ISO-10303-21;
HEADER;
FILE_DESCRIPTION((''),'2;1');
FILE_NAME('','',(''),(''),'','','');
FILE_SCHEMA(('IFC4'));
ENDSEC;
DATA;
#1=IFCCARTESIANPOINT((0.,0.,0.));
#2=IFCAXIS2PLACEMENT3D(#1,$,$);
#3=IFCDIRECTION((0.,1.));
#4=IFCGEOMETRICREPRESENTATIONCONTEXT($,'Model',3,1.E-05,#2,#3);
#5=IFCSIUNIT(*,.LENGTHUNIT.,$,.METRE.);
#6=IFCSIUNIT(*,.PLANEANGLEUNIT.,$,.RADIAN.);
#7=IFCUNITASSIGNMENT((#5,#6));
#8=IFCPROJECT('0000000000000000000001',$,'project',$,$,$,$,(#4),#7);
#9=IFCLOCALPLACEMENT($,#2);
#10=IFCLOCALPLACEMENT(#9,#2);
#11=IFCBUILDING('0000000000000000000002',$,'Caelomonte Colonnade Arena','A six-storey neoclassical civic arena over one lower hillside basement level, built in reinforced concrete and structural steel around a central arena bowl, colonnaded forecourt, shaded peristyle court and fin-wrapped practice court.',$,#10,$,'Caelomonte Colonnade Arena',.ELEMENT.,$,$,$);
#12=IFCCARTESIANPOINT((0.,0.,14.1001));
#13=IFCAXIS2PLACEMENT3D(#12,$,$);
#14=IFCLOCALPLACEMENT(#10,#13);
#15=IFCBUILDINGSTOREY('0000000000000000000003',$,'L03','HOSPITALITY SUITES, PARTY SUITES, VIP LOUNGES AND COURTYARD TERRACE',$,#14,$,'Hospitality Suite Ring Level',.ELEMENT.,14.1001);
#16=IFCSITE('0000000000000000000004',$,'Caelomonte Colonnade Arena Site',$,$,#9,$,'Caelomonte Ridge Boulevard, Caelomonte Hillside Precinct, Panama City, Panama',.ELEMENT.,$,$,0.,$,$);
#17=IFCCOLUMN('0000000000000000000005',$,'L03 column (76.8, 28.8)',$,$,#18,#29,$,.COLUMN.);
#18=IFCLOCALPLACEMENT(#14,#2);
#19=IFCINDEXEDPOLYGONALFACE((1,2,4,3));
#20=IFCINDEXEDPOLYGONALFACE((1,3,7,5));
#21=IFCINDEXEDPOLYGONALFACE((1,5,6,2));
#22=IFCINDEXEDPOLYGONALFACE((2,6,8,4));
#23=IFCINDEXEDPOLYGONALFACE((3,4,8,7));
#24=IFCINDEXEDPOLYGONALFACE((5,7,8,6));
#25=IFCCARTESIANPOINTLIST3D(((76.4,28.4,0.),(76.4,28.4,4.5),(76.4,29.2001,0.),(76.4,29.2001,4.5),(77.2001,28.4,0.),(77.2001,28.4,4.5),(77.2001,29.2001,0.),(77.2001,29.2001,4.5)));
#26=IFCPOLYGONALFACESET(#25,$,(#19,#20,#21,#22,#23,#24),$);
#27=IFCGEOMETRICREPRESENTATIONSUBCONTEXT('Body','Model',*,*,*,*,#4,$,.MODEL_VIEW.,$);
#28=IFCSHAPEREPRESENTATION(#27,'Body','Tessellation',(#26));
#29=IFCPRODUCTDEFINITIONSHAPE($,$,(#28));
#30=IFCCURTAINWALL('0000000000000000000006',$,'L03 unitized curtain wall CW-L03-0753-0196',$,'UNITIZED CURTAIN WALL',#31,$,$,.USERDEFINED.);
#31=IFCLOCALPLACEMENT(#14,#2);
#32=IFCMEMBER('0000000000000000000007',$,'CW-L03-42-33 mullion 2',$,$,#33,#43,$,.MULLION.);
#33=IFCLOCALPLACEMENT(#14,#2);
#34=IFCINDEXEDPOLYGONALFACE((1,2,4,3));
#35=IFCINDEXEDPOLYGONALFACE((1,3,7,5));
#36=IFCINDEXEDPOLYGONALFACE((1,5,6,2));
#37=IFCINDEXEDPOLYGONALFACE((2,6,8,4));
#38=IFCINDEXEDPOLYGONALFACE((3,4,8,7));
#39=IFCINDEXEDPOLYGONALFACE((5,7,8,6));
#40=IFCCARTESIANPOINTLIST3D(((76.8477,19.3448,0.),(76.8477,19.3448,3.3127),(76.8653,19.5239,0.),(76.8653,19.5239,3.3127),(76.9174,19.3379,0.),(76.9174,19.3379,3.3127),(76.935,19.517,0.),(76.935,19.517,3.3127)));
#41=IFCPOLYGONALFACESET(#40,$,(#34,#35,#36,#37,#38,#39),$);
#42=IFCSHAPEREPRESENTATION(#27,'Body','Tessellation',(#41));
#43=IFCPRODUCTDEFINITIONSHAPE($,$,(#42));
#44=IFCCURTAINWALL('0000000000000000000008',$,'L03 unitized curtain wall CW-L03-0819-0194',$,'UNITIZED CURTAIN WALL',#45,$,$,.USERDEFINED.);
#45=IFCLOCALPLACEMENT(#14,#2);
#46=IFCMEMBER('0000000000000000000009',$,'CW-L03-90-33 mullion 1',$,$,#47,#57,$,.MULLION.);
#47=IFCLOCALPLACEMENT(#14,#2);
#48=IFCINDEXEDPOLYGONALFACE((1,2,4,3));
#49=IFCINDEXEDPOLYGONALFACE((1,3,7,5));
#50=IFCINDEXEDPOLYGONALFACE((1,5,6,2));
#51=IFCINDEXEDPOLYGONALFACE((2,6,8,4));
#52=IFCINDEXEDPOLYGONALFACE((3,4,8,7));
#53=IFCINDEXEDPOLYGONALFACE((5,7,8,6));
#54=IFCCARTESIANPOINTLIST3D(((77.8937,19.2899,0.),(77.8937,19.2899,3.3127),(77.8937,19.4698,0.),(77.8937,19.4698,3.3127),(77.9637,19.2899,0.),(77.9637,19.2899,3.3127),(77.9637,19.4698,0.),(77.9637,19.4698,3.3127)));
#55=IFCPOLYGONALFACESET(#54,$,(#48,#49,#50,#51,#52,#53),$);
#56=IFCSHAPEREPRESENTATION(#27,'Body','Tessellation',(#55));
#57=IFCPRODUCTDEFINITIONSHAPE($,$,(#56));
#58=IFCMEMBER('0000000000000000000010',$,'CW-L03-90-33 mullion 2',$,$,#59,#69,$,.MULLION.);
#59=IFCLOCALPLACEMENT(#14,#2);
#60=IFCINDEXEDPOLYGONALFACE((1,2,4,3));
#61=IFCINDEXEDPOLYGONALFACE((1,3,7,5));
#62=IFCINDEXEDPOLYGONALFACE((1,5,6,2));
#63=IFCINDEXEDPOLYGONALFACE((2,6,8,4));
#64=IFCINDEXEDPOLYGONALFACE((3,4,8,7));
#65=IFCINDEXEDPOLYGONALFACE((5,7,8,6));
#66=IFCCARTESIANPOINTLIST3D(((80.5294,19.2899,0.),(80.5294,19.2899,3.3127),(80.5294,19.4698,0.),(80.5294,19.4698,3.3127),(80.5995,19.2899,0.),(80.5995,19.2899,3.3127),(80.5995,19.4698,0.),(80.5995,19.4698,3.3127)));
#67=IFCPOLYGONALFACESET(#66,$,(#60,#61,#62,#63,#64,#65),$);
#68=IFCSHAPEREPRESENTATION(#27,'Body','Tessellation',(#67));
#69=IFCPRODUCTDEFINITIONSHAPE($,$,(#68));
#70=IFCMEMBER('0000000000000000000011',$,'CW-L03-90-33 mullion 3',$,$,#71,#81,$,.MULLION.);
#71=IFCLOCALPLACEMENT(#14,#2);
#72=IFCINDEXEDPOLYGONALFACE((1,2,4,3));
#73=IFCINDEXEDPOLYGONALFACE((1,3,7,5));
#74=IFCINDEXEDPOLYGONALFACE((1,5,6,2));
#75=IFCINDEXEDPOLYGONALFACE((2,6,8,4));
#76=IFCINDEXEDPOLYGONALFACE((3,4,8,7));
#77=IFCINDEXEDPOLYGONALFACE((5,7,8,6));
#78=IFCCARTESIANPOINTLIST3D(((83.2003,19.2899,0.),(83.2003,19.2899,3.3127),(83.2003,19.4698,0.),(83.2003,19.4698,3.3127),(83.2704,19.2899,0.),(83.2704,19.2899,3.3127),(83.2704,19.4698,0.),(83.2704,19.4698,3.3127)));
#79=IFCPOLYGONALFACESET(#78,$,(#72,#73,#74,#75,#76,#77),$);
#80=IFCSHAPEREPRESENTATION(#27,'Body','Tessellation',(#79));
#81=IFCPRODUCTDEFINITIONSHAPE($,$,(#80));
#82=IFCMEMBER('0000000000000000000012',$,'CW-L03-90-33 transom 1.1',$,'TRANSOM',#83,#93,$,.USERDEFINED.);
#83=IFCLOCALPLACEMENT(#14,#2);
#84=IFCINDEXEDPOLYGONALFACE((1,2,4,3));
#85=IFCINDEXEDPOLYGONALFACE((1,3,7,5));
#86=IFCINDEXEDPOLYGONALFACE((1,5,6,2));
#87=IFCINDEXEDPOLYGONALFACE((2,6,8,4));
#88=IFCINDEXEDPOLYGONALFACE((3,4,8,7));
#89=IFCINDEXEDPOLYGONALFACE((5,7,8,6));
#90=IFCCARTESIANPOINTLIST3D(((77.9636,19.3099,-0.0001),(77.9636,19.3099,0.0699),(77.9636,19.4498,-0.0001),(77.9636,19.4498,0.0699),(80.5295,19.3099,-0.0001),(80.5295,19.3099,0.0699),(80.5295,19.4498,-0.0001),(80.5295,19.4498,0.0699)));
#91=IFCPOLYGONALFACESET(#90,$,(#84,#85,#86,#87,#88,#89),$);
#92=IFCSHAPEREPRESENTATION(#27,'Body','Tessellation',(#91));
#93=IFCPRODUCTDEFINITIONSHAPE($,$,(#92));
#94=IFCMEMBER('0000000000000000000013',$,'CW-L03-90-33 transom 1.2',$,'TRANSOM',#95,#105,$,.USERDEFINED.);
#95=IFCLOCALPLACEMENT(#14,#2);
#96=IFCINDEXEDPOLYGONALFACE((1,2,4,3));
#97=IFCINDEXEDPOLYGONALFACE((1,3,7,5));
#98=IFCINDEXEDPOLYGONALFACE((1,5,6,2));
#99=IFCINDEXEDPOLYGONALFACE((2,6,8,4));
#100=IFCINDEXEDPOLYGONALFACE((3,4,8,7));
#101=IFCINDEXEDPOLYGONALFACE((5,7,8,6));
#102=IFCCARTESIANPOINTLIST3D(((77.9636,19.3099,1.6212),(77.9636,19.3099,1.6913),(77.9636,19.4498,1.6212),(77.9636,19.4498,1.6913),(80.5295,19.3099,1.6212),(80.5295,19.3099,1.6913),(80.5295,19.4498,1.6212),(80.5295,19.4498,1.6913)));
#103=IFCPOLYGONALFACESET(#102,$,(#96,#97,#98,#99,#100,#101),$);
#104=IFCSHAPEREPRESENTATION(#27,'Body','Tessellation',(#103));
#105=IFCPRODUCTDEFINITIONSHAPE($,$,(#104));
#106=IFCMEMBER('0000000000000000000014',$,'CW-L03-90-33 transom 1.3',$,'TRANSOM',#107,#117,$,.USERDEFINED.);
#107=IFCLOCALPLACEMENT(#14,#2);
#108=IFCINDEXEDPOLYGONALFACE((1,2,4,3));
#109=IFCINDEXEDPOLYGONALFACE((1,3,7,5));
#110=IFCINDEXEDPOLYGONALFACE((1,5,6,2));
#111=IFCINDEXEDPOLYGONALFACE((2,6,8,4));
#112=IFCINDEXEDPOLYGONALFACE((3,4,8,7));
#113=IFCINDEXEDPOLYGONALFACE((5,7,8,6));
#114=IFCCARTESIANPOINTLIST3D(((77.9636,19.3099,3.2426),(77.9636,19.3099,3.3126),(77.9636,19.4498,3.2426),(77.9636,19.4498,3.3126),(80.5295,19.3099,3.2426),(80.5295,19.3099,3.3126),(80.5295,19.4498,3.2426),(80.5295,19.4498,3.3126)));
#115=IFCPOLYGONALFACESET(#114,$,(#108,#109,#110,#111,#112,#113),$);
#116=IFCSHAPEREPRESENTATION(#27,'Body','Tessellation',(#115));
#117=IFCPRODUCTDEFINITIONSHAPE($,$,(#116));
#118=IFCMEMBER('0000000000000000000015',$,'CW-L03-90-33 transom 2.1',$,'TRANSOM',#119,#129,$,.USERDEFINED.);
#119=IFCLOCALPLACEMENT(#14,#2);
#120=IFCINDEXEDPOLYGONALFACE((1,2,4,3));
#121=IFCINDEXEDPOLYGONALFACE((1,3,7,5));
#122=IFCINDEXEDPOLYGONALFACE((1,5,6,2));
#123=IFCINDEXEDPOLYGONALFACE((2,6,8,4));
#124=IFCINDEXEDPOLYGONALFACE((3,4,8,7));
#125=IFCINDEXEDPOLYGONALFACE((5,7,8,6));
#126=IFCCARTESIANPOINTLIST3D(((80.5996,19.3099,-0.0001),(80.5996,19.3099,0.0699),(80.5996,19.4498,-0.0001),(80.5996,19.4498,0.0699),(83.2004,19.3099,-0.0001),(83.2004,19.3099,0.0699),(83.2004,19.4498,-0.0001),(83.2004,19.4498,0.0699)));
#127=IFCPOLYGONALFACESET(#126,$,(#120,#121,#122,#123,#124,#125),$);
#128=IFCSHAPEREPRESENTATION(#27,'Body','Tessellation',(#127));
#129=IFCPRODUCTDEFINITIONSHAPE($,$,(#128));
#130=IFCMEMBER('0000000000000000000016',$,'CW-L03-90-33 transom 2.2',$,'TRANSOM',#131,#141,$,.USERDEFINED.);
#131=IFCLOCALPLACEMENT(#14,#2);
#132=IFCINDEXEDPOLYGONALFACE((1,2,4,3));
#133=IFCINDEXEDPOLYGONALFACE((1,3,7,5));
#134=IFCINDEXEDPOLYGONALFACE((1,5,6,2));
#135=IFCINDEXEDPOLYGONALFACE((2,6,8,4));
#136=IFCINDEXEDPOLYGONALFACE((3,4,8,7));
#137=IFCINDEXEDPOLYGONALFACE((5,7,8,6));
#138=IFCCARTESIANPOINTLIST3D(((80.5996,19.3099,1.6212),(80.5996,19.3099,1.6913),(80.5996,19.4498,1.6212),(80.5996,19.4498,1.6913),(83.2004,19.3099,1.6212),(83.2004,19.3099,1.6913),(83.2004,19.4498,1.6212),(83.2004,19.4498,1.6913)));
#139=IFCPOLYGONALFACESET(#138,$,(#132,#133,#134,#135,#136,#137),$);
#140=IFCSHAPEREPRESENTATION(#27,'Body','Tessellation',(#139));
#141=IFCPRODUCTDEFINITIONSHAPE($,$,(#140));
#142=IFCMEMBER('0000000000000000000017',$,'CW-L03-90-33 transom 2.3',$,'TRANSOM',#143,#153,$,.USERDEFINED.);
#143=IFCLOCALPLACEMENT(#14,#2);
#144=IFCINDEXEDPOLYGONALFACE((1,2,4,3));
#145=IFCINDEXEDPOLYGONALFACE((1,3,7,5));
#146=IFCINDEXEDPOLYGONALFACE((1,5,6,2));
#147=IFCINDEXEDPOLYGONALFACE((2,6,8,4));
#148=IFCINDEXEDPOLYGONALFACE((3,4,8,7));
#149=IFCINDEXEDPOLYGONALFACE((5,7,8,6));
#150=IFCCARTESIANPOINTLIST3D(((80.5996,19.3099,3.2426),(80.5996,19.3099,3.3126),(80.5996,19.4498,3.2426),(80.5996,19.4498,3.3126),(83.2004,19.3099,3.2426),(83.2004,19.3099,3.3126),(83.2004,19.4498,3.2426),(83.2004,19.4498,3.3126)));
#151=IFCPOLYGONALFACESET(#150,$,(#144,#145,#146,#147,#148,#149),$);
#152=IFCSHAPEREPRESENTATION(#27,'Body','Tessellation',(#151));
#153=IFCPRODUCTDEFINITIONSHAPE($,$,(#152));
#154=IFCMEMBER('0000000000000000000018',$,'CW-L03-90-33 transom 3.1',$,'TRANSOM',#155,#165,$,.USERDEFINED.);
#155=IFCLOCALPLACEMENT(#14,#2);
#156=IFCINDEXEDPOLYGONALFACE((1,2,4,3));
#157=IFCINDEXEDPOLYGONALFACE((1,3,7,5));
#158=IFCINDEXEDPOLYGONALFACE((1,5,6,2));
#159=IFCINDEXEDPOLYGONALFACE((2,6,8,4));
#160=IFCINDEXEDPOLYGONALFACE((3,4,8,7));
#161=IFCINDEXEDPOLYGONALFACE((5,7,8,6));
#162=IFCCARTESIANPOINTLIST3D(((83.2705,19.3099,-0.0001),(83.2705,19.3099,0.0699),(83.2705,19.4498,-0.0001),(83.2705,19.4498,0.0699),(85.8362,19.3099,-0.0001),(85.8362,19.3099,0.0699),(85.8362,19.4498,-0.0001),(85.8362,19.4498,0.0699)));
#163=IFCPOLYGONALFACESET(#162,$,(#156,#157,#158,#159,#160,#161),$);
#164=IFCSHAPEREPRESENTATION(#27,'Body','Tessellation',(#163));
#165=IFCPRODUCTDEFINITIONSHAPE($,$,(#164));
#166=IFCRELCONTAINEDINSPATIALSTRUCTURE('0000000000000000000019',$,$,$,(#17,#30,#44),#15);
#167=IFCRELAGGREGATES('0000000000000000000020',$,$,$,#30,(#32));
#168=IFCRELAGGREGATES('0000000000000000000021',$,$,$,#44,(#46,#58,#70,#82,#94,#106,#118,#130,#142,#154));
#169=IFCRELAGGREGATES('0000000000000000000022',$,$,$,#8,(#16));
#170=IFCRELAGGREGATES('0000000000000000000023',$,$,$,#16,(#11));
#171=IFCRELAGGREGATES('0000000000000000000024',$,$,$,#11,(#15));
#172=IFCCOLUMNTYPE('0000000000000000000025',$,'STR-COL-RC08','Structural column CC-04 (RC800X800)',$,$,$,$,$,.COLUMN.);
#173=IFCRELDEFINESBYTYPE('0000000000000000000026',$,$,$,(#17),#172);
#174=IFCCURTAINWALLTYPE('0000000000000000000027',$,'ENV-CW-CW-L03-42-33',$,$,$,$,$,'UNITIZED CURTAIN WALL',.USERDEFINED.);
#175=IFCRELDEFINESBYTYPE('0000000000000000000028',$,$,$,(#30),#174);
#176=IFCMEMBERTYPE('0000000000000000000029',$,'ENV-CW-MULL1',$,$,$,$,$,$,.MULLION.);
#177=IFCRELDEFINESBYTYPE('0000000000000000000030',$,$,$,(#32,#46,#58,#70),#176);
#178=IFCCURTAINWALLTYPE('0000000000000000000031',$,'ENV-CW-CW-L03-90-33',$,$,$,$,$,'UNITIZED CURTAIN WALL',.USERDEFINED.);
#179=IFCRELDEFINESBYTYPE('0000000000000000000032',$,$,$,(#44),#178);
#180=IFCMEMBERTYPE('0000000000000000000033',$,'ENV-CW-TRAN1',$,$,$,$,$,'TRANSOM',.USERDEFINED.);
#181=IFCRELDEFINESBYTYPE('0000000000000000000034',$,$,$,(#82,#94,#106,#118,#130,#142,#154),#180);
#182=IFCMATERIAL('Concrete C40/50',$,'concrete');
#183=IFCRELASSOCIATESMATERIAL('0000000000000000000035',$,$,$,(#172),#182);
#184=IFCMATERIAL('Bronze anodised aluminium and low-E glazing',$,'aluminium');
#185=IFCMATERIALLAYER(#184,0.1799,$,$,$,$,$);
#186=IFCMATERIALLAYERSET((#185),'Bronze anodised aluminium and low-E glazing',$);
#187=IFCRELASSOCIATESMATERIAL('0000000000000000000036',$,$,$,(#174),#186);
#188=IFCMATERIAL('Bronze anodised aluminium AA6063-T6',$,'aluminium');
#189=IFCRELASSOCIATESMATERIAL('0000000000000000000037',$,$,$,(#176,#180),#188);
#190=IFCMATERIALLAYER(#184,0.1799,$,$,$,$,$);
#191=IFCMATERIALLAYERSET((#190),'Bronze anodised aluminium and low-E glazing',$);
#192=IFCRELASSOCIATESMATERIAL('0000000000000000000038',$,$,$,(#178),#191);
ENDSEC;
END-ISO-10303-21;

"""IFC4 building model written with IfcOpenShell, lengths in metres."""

from ifc_helpers import new_model, si_unit, direction, frame, origin, origin_2d, place, context, subcontext, project, spatial, rectangle, extrude, material, layer, layer_set, material_profile, profile_set, type_object, element, aggregate, save


model = new_model("IFC4")

# Units and contexts
model_context = context("Model", 3, precision=1e-05, world=origin(), true_north=direction((0.0, 1.0)))
body_context = subcontext(model_context, "Body", "Model", "MODEL_VIEW")
ifc_project = project(units=[si_unit("LENGTHUNIT", "METRE"), si_unit("PLANEANGLEUNIT", "RADIAN")], contexts=[model_context])

# Site, building, storey
site_placement = place(None, origin())
site = spatial("IfcSite", under=ifc_project, at=site_placement, Name="Caelomonte Colonnade Arena Site", LongName="Caelomonte Ridge Boulevard, Caelomonte Hillside Precinct, Panama City, Panama", CompositionType="ELEMENT", RefElevation=0.0)
building_placement = place(site_placement, origin())
building = spatial("IfcBuilding", under=site, at=building_placement, Name="Caelomonte Colonnade Arena", Description="A six-storey neoclassical civic arena over one lower hillside basement level, built in reinforced concrete and structural steel around a central arena bowl, colonnaded forecourt, shaded peristyle court and fin-wrapped practice court.", LongName="Caelomonte Colonnade Arena", CompositionType="ELEMENT")
storey_placement = place(building_placement, frame((0.0, 0.0, 14.1001)))
storey = spatial("IfcBuildingStorey", under=building, at=storey_placement, Name="L03", Description="HOSPITALITY SUITES, PARTY SUITES, VIP LOUNGES AND COURTYARD TERRACE", LongName="Hospitality Suite Ring Level", CompositionType="ELEMENT", Elevation=14.1001)

# Column
ifc_material_1 = material(Name="Concrete C40/50", Category="concrete")
ifc_material_profile_1 = material_profile(ifc_material_1, rectangle(XDim=0.8, YDim=0.8, at=origin_2d()), Name="RC800X800")
ifc_profile_set_1 = profile_set([ifc_material_profile_1], Name="Concrete C40/50")
column_type = type_object("IfcColumnType", Name="STR-COL-RC08", Description="Structural column CC-04 (RC800X800)", PredefinedType="COLUMN", material=ifc_profile_set_1)
column_placement = place(storey_placement, frame((76.8, 28.8, 0.0), z_axis=(0.0, 0.0, 1.0), x_axis=(1.0, 0.0, 0.0)))
element("IfcColumn", 1, at=column_placement, inside=storey, type_object=column_type, Name="L03 column (76.8, 28.8)", PredefinedType="COLUMN", context=body_context, shape_type="SweptSolid", body=[
    extrude(rectangle(XDim=0.8, YDim=0.8, at=origin_2d()), origin(), (0.0, 0.0, 1.0), 4.5),
])

# Curtain wall, member
ifc_material_2 = material(Name="Bronze anodised aluminium and low-E glazing", Category="aluminium")
ifc_layer_1 = layer(ifc_material_2, 0.1799)
ifc_layer_set_1 = layer_set([ifc_layer_1], Name="Bronze anodised aluminium and low-E glazing")
curtain_wall_type_1 = type_object("IfcCurtainWallType", Name="ENV-CW-CW-L03-42-33", ElementType="UNITIZED CURTAIN WALL", PredefinedType="USERDEFINED", material=ifc_layer_set_1)
curtain_wall_1_placement = place(storey_placement, origin())
curtain_wall_1 = element("IfcCurtainWall", 2, at=curtain_wall_1_placement, inside=storey, type_object=curtain_wall_type_1, Name="L03 unitized curtain wall CW-L03-0753-0196", ObjectType="UNITIZED CURTAIN WALL", PredefinedType="USERDEFINED")
ifc_material_3 = material(Name="Bronze anodised aluminium AA6063-T6", Category="aluminium")
ifc_material_profile_2 = material_profile(ifc_material_3, rectangle(XDim=0.0701, YDim=0.1799, at=origin_2d()), Name="CWM-70X180")
ifc_profile_set_2 = profile_set([ifc_material_profile_2], Name="Bronze anodised aluminium AA6063-T6")
member_type_1 = type_object("IfcMemberType", Name="ENV-CW-MULL1", PredefinedType="MULLION", material=ifc_profile_set_2)
member_1_placement = place(storey_placement, frame((76.8914, 19.4309, 0.0), z_axis=(0.0, 0.0, 1.0), x_axis=(0.995184, -0.09802, 0.0)))
member_1 = element("IfcMember", 3, at=member_1_placement, type_object=member_type_1, Name="CW-L03-42-33 mullion 2", PredefinedType="MULLION", context=body_context, shape_type="SweptSolid", body=[
    extrude(rectangle(XDim=0.0701, YDim=0.1799, at=origin_2d()), origin(), (0.0, 0.0, 1.0), 3.3127),
])
aggregate(curtain_wall_1, [member_1])

# Curtain wall, members
ifc_layer_2 = layer(ifc_material_2, 0.1799)
ifc_layer_set_2 = layer_set([ifc_layer_2], Name="Bronze anodised aluminium and low-E glazing")
curtain_wall_type_2 = type_object("IfcCurtainWallType", Name="ENV-CW-CW-L03-90-33", ElementType="UNITIZED CURTAIN WALL", PredefinedType="USERDEFINED", material=ifc_layer_set_2)
curtain_wall_2_placement = place(storey_placement, origin())
curtain_wall_2 = element("IfcCurtainWall", 4, at=curtain_wall_2_placement, inside=storey, type_object=curtain_wall_type_2, Name="L03 unitized curtain wall CW-L03-0819-0194", ObjectType="UNITIZED CURTAIN WALL", PredefinedType="USERDEFINED")
member_2_placement = place(storey_placement, frame((77.9287, 19.3799, 0.0), z_axis=(0.0, 0.0, 1.0), x_axis=(1.0, 0.0, 0.0)))
member_2 = element("IfcMember", 5, at=member_2_placement, type_object=member_type_1, Name="CW-L03-90-33 mullion 1", PredefinedType="MULLION", context=body_context, shape_type="SweptSolid", body=[
    extrude(rectangle(XDim=0.0701, YDim=0.1799, at=origin_2d()), origin(), (0.0, 0.0, 1.0), 3.3127),
])
member_3_placement = place(storey_placement, frame((80.5645, 19.3799, 0.0), z_axis=(0.0, 0.0, 1.0), x_axis=(1.0, 0.0, 0.0)))
member_3 = element("IfcMember", 6, at=member_3_placement, type_object=member_type_1, Name="CW-L03-90-33 mullion 2", PredefinedType="MULLION", context=body_context, shape_type="SweptSolid", body=[
    extrude(rectangle(XDim=0.0701, YDim=0.1799, at=origin_2d()), origin(), (0.0, 0.0, 1.0), 3.3127),
])
member_4_placement = place(storey_placement, frame((83.2354, 19.3799, 0.0), z_axis=(0.0, 0.0, 1.0), x_axis=(1.0, 0.0, 0.0)))
member_4 = element("IfcMember", 7, at=member_4_placement, type_object=member_type_1, Name="CW-L03-90-33 mullion 3", PredefinedType="MULLION", context=body_context, shape_type="SweptSolid", body=[
    extrude(rectangle(XDim=0.0701, YDim=0.1799, at=origin_2d()), origin(), (0.0, 0.0, 1.0), 3.3127),
])
ifc_material_profile_3 = material_profile(ifc_material_3, rectangle(XDim=0.0701, YDim=0.1399, at=origin_2d()), Name="CWT-70X140")
ifc_profile_set_3 = profile_set([ifc_material_profile_3], Name="Bronze anodised aluminium AA6063-T6")
member_type_2 = type_object("IfcMemberType", Name="ENV-CW-TRAN1", ElementType="TRANSOM", PredefinedType="USERDEFINED", material=ifc_profile_set_3)
member_5_placement = place(storey_placement, frame((77.9636, 19.3799, 0.0349), z_axis=(1.0, 0.0, 0.0), x_axis=(0.0, 0.0, 1.0)))
member_5 = element("IfcMember", 8, at=member_5_placement, type_object=member_type_2, Name="CW-L03-90-33 transom 1.1", ObjectType="TRANSOM", PredefinedType="USERDEFINED", context=body_context, shape_type="SweptSolid", body=[
    extrude(rectangle(XDim=0.0701, YDim=0.1399, at=origin_2d()), origin(), (0.0, 0.0, 1.0), 2.5659),
])
member_6_placement = place(storey_placement, frame((77.9636, 19.3799, 1.6562), z_axis=(1.0, 0.0, 0.0), x_axis=(0.0, 0.0, 1.0)))
member_6 = element("IfcMember", 9, at=member_6_placement, type_object=member_type_2, Name="CW-L03-90-33 transom 1.2", ObjectType="TRANSOM", PredefinedType="USERDEFINED", context=body_context, shape_type="SweptSolid", body=[
    extrude(rectangle(XDim=0.0701, YDim=0.1399, at=origin_2d()), origin(), (0.0, 0.0, 1.0), 2.5659),
])
member_7_placement = place(storey_placement, frame((77.9636, 19.3799, 3.2776), z_axis=(1.0, 0.0, 0.0), x_axis=(0.0, 0.0, 1.0)))
member_7 = element("IfcMember", 10, at=member_7_placement, type_object=member_type_2, Name="CW-L03-90-33 transom 1.3", ObjectType="TRANSOM", PredefinedType="USERDEFINED", context=body_context, shape_type="SweptSolid", body=[
    extrude(rectangle(XDim=0.0701, YDim=0.1399, at=origin_2d()), origin(), (0.0, 0.0, 1.0), 2.5659),
])
member_8_placement = place(storey_placement, frame((80.5996, 19.3799, 0.0349), z_axis=(1.0, 0.0, 0.0), x_axis=(0.0, 0.0, 1.0)))
member_8 = element("IfcMember", 11, at=member_8_placement, type_object=member_type_2, Name="CW-L03-90-33 transom 2.1", ObjectType="TRANSOM", PredefinedType="USERDEFINED", context=body_context, shape_type="SweptSolid", body=[
    extrude(rectangle(XDim=0.0701, YDim=0.1399, at=origin_2d()), origin(), (0.0, 0.0, 1.0), 2.6008),
])
member_9_placement = place(storey_placement, frame((80.5996, 19.3799, 1.6562), z_axis=(1.0, 0.0, 0.0), x_axis=(0.0, 0.0, 1.0)))
member_9 = element("IfcMember", 12, at=member_9_placement, type_object=member_type_2, Name="CW-L03-90-33 transom 2.2", ObjectType="TRANSOM", PredefinedType="USERDEFINED", context=body_context, shape_type="SweptSolid", body=[
    extrude(rectangle(XDim=0.0701, YDim=0.1399, at=origin_2d()), origin(), (0.0, 0.0, 1.0), 2.6008),
])
member_10_placement = place(storey_placement, frame((80.5996, 19.3799, 3.2776), z_axis=(1.0, 0.0, 0.0), x_axis=(0.0, 0.0, 1.0)))
member_10 = element("IfcMember", 13, at=member_10_placement, type_object=member_type_2, Name="CW-L03-90-33 transom 2.3", ObjectType="TRANSOM", PredefinedType="USERDEFINED", context=body_context, shape_type="SweptSolid", body=[
    extrude(rectangle(XDim=0.0701, YDim=0.1399, at=origin_2d()), origin(), (0.0, 0.0, 1.0), 2.6008),
])
member_11_placement = place(storey_placement, frame((83.2705, 19.3799, 0.0349), z_axis=(1.0, 0.0, 0.0), x_axis=(0.0, 0.0, 1.0)))
member_11 = element("IfcMember", 14, at=member_11_placement, type_object=member_type_2, Name="CW-L03-90-33 transom 3.1", ObjectType="TRANSOM", PredefinedType="USERDEFINED", context=body_context, shape_type="SweptSolid", body=[
    extrude(rectangle(XDim=0.0701, YDim=0.1399, at=origin_2d()), origin(), (0.0, 0.0, 1.0), 2.5657),
])

aggregate(curtain_wall_2, [member_2, member_3, member_4, member_5, member_6, member_7, member_8, member_9, member_10, member_11])

save(model, "model.ifc")
